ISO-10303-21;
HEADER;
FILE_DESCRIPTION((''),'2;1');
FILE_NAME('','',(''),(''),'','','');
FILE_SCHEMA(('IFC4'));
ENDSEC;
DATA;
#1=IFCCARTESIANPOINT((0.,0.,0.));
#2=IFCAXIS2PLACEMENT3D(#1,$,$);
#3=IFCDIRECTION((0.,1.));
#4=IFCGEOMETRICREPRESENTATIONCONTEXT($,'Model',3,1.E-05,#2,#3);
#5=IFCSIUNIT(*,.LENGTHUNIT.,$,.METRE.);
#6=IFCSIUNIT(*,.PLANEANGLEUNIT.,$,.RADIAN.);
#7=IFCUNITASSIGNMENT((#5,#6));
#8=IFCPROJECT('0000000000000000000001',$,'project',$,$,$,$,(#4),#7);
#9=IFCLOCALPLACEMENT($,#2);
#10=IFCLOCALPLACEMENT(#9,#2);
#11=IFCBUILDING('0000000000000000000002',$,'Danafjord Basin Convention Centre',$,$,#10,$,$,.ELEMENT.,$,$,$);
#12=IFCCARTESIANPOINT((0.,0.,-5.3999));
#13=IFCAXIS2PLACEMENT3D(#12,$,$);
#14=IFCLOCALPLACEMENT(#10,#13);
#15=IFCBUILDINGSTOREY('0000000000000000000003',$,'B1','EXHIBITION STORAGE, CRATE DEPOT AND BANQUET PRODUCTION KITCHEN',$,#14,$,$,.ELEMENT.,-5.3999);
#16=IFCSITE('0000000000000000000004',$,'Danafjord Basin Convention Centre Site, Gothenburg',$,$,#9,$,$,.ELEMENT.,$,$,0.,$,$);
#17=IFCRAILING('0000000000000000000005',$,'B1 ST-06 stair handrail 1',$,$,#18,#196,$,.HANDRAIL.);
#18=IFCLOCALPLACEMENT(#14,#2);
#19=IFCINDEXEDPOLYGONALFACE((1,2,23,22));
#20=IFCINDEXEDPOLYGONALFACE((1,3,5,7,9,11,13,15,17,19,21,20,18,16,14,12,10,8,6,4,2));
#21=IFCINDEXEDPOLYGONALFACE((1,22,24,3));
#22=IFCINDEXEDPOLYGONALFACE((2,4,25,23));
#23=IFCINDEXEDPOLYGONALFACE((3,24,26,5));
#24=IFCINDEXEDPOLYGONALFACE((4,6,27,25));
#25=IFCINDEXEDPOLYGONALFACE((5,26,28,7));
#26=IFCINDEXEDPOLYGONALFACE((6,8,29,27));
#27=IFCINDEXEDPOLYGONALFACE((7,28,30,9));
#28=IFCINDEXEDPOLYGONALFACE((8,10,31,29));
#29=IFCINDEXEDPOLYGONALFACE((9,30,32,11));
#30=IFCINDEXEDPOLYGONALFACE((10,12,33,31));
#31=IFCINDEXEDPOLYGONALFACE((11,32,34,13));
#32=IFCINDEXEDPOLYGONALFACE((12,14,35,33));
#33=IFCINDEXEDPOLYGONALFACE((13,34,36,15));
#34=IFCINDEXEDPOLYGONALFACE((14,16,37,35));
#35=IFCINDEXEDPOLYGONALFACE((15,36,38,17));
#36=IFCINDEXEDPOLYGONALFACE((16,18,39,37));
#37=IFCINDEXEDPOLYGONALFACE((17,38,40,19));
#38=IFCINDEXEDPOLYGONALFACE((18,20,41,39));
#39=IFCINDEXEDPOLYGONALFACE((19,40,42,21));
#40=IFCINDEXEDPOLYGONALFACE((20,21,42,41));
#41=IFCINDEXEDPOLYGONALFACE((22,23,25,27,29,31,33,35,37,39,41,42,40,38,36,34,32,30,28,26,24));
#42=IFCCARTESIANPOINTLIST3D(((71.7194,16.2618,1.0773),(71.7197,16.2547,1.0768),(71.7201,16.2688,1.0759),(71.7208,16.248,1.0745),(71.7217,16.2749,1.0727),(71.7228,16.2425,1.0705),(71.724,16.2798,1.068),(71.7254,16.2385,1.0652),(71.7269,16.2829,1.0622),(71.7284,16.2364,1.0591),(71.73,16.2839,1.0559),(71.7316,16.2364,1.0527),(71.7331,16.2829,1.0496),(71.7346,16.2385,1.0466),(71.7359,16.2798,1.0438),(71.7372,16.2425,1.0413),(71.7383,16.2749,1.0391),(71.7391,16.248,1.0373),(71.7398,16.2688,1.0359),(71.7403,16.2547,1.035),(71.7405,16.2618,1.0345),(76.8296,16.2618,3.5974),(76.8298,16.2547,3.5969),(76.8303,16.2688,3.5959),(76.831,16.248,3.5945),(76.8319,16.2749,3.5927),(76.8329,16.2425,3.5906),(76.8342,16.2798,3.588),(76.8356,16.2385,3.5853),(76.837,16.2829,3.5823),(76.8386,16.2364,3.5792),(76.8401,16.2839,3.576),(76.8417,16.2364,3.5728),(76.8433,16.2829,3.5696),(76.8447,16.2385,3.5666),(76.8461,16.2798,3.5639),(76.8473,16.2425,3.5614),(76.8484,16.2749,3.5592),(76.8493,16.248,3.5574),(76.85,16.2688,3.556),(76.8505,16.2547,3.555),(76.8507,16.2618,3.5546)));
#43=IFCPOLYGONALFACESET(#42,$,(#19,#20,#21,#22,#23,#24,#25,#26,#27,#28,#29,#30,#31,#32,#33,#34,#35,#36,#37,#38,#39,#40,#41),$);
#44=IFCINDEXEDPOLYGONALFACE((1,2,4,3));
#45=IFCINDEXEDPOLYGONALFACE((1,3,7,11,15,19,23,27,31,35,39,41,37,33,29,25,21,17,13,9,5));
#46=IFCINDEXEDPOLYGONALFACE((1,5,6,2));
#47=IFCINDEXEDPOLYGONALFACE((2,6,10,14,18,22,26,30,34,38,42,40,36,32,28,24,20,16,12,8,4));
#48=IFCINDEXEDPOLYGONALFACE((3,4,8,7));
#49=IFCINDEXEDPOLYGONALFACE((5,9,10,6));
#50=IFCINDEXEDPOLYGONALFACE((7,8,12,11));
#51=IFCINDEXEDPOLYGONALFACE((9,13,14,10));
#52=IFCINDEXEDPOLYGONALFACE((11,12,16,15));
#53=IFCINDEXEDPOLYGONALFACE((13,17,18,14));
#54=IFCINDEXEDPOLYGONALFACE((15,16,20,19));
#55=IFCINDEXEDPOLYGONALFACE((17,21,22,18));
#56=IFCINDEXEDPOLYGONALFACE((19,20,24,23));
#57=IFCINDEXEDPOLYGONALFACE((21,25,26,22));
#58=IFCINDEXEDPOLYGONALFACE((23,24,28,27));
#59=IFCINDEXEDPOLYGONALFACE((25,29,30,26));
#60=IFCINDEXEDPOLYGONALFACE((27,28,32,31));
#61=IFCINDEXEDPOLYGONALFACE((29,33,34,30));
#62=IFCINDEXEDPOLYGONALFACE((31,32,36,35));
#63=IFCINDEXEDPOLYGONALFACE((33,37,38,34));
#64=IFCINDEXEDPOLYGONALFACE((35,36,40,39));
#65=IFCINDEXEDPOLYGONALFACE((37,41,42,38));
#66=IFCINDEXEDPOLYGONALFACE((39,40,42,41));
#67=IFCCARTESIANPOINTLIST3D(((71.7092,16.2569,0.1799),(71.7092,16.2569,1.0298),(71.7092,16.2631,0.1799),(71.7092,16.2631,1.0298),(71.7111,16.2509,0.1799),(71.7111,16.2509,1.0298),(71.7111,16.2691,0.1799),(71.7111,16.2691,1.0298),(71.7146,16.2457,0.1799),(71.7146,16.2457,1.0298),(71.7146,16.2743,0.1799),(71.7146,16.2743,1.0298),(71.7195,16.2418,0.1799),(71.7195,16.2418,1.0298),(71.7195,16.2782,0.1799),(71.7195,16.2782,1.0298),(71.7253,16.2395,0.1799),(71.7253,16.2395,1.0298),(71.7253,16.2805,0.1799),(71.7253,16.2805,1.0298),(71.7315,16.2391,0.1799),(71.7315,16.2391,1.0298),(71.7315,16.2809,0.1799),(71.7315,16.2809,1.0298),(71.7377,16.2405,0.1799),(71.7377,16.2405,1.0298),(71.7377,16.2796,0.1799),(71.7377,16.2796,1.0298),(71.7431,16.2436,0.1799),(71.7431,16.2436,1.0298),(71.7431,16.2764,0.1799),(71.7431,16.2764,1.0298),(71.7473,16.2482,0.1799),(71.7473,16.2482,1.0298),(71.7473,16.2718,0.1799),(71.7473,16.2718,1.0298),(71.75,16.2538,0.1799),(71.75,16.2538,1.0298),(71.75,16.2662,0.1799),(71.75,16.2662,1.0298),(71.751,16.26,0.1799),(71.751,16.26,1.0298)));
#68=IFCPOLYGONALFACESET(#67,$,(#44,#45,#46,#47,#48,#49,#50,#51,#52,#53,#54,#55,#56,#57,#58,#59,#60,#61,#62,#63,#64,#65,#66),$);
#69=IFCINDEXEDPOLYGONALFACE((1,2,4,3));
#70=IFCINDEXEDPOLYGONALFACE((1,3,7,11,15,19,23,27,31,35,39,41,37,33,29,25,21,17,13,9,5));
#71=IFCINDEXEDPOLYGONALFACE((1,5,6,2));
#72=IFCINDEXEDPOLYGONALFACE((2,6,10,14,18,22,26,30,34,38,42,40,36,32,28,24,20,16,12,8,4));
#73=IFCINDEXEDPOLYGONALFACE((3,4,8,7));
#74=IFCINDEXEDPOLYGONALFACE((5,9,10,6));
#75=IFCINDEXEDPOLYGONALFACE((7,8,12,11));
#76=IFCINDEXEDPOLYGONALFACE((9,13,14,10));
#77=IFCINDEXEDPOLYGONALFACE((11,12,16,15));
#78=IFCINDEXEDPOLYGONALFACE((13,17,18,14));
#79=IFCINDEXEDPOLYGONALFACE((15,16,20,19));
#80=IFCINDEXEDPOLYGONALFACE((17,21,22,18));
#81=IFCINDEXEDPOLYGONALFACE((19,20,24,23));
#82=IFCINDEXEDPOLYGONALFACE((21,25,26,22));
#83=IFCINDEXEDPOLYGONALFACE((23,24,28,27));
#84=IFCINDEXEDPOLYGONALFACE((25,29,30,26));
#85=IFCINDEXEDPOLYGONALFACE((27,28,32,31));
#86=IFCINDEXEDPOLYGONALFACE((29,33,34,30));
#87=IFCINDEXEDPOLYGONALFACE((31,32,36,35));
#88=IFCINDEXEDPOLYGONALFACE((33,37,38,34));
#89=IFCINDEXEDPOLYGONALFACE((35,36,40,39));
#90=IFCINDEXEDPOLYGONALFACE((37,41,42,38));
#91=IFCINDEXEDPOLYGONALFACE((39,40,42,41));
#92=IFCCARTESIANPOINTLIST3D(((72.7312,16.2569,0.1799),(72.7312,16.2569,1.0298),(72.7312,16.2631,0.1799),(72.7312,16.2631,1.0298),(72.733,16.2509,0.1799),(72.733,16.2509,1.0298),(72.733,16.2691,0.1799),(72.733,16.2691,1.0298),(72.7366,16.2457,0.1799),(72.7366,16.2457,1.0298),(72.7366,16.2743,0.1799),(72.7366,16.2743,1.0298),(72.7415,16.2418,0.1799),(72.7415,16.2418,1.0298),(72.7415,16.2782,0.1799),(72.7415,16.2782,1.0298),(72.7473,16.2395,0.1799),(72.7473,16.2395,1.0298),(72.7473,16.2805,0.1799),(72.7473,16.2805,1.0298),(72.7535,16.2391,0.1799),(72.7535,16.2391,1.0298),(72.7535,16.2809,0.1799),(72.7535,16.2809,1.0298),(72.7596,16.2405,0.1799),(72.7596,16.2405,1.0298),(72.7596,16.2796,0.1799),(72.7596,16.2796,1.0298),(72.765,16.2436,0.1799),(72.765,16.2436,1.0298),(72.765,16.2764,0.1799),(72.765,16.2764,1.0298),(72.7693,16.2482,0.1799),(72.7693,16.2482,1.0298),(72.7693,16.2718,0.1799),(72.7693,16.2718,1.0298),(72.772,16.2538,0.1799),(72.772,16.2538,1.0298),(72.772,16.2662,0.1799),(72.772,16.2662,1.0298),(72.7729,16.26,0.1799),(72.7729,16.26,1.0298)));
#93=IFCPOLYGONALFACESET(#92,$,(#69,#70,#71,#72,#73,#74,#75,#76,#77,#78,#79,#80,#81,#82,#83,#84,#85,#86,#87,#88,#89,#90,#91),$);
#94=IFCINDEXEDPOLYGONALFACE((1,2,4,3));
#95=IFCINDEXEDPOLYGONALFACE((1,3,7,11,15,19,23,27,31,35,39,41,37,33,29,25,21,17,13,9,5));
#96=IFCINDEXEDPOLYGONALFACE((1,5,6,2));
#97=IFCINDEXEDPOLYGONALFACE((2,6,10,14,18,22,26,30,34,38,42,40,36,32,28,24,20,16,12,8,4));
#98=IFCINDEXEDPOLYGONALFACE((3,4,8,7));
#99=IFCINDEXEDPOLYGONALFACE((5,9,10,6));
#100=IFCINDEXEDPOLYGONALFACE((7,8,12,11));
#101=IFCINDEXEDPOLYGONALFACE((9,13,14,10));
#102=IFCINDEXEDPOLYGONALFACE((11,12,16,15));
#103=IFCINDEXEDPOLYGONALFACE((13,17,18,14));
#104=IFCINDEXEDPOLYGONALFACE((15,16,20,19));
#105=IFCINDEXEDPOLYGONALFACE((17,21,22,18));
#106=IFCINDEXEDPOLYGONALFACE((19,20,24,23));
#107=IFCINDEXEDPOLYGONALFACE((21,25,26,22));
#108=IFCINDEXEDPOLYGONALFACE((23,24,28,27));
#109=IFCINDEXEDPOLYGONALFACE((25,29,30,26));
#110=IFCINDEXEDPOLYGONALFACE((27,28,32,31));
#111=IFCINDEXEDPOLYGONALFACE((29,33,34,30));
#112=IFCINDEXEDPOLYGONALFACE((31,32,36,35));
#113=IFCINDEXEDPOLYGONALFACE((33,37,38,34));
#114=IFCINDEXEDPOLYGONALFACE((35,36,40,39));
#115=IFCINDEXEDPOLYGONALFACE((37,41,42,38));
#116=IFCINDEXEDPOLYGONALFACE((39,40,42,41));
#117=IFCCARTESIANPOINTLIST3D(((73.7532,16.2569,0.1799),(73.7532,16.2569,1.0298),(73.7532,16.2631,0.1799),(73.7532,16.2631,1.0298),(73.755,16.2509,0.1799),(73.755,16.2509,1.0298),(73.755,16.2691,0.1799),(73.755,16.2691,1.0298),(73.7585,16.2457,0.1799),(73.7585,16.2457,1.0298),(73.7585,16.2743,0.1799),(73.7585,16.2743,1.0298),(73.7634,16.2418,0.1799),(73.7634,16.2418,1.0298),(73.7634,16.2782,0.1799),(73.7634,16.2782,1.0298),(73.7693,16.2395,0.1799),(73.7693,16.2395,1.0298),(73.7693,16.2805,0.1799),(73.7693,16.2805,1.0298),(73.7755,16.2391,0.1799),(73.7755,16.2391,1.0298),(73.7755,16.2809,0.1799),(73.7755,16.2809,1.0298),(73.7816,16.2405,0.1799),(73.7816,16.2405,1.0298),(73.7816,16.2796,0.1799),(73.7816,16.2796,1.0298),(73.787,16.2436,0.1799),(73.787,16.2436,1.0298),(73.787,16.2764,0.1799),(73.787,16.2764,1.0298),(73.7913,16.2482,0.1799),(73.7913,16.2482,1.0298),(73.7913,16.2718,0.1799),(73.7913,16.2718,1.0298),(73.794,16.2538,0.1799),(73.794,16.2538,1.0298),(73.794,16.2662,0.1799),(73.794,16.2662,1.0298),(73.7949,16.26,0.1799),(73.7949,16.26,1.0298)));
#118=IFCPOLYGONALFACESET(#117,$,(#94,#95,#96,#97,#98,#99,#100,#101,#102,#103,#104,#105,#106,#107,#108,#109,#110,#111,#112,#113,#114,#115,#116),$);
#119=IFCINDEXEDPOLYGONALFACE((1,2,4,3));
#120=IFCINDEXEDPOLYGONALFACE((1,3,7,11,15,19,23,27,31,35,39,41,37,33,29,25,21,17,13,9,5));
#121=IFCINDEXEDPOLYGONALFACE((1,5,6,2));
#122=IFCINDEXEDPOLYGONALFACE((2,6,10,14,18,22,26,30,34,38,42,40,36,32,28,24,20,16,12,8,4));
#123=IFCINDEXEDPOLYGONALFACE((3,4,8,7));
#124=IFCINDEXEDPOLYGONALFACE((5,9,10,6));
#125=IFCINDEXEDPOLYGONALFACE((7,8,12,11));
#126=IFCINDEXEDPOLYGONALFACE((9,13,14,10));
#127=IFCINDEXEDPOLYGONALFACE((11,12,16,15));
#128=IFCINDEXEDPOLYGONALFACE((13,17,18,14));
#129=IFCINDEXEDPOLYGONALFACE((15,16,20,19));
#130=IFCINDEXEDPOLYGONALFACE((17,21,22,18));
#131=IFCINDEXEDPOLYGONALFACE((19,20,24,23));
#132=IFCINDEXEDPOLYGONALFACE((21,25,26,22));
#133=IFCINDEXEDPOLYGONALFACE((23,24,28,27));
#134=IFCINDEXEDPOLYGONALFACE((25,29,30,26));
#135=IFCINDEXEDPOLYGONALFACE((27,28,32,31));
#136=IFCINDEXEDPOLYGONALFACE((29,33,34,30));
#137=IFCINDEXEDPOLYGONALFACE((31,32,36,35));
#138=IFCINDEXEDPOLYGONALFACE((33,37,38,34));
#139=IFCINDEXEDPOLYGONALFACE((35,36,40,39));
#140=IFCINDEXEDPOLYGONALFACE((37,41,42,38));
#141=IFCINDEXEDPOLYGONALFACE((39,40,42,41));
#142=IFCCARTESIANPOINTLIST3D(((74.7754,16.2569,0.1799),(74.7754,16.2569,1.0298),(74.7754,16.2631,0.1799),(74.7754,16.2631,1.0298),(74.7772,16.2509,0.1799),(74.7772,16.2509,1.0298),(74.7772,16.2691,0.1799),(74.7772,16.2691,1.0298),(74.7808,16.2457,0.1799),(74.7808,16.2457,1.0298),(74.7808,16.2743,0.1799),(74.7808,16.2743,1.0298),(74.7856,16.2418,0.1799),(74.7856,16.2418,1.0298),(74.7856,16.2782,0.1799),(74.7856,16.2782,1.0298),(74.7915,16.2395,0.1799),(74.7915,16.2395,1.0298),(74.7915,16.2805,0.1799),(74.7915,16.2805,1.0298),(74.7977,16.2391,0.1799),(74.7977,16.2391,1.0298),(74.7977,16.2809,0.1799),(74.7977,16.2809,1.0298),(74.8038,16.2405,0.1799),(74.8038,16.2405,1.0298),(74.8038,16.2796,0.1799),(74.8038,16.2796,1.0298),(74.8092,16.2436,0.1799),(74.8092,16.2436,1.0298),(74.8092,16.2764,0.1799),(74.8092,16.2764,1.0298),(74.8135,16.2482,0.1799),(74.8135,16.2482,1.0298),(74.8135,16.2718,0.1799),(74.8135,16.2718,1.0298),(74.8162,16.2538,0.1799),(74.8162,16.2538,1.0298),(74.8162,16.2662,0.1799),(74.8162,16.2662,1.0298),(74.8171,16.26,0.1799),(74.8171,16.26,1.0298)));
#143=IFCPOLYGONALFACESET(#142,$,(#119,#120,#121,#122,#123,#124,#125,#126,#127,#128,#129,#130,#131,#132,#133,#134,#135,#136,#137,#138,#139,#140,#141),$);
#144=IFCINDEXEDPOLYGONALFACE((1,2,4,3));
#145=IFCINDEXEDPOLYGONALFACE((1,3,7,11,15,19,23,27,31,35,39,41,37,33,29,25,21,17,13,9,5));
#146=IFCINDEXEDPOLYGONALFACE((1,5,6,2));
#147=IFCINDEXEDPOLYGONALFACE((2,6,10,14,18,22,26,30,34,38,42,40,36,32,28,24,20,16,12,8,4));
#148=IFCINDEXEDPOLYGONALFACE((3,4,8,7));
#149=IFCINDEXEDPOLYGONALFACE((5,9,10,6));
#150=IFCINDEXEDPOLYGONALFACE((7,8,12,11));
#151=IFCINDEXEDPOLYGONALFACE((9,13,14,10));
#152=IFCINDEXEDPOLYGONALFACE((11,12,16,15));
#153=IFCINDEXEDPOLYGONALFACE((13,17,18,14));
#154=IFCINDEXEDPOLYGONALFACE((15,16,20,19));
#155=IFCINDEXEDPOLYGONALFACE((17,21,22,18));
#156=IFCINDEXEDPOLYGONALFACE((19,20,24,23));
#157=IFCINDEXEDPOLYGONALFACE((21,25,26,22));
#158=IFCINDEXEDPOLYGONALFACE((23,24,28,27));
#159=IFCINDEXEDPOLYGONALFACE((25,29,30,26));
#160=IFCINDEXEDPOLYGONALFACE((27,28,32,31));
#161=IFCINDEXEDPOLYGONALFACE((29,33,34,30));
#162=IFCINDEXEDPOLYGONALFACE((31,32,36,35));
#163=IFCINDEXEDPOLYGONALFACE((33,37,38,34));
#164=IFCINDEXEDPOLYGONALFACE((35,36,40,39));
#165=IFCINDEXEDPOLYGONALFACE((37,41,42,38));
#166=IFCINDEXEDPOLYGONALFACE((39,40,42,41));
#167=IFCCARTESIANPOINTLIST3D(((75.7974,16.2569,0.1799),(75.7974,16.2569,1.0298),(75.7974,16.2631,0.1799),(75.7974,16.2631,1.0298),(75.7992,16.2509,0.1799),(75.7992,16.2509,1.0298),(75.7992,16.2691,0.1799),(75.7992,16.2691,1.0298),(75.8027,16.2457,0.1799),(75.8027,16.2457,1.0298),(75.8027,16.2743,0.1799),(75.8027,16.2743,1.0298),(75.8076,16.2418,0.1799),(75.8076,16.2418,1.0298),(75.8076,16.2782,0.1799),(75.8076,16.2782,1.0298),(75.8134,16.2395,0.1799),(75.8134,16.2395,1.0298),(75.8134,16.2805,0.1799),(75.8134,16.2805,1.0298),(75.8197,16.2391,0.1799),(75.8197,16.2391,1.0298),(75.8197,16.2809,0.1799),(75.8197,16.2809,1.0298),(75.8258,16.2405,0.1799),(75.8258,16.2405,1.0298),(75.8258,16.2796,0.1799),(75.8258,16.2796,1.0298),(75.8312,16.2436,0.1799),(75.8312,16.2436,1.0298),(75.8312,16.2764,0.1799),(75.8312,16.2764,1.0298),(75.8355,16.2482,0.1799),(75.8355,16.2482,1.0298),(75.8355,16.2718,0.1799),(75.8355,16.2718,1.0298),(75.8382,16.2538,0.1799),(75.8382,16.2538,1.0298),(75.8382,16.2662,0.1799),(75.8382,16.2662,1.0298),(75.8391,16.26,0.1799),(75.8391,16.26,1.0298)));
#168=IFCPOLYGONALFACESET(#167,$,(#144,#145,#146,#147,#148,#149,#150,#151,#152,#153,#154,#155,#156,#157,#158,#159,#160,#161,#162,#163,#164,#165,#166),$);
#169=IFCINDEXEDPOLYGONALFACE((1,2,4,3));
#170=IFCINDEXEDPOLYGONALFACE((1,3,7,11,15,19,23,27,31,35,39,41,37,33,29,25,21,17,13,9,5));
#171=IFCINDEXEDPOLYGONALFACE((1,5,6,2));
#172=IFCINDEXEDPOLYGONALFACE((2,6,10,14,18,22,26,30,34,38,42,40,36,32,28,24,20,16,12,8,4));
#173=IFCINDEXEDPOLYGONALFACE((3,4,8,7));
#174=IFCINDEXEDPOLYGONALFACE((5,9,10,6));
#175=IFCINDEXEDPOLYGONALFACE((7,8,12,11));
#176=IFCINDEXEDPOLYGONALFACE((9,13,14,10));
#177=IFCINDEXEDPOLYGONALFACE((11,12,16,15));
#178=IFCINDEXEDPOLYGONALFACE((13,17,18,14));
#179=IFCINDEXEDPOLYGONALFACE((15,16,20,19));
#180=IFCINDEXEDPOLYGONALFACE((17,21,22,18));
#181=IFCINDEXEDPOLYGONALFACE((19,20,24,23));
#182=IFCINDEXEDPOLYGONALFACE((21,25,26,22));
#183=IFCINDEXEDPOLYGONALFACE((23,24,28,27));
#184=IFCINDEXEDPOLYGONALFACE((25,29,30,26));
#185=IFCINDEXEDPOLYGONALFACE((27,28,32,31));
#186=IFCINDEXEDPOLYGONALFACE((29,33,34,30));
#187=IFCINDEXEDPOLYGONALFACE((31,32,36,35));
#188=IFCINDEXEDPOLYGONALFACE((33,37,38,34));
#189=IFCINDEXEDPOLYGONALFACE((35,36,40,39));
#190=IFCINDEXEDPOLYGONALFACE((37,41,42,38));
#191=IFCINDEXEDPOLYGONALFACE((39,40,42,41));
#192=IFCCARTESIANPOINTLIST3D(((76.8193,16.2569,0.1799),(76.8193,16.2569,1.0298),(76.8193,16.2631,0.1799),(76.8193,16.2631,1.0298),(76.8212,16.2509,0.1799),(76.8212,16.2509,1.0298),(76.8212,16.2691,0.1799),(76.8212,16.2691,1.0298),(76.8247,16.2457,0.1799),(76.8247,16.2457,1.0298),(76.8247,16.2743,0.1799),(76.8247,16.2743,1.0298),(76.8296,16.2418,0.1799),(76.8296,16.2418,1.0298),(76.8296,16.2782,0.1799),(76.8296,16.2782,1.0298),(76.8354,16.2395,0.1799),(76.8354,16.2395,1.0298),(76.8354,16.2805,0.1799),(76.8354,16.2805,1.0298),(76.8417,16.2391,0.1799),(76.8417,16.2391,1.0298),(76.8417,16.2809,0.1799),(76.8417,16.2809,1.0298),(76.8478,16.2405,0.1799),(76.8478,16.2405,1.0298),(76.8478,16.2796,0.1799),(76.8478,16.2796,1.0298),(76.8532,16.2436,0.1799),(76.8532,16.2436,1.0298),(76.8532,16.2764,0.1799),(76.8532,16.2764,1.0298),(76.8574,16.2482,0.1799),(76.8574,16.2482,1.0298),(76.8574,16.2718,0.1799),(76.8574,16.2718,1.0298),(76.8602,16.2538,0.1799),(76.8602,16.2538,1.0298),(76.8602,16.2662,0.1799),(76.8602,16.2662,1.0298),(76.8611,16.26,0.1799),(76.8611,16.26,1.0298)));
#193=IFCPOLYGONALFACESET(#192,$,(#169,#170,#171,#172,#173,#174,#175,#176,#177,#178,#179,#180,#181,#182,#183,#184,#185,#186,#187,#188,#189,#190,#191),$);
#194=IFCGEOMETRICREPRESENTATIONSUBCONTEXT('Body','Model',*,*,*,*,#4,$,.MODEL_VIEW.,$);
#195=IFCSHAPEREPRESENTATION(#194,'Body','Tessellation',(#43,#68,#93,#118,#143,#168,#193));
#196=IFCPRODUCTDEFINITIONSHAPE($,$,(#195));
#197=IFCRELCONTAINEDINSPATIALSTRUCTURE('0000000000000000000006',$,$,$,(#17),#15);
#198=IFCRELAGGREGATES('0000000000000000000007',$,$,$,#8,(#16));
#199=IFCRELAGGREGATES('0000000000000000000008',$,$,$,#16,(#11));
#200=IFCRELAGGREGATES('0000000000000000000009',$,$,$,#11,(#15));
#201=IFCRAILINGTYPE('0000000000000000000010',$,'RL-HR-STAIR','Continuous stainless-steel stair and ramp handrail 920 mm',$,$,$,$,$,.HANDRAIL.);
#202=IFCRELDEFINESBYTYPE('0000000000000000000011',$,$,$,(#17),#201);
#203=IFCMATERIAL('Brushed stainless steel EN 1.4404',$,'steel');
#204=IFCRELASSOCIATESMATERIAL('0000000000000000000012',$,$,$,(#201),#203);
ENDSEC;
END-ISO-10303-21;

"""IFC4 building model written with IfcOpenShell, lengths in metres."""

from ifc_helpers import new_model, si_unit, direction, frame, origin, origin_2d, place, context, subcontext, project, spatial, circle, extrude, material, type_object, element, save


model = new_model("IFC4")

# Units and contexts
model_context = context("Model", 3, precision=1e-05, world=origin(), true_north=direction((0.0, 1.0)))
body_context = subcontext(model_context, "Body", "Model", "MODEL_VIEW")
ifc_project = project(units=[si_unit("LENGTHUNIT", "METRE"), si_unit("PLANEANGLEUNIT", "RADIAN")], contexts=[model_context])

# Site, building, storey
site_placement = place(None, origin())
site = spatial("IfcSite", under=ifc_project, at=site_placement, Name="Danafjord Basin Convention Centre Site, Gothenburg", CompositionType="ELEMENT", RefElevation=0.0)
building_placement = place(site_placement, origin())
building = spatial("IfcBuilding", under=site, at=building_placement, Name="Danafjord Basin Convention Centre", CompositionType="ELEMENT")
storey_placement = place(building_placement, frame((0.0, 0.0, -5.3999)))
storey = spatial("IfcBuildingStorey", under=building, at=storey_placement, Name="B1", Description="EXHIBITION STORAGE, CRATE DEPOT AND BANQUET PRODUCTION KITCHEN", CompositionType="ELEMENT", Elevation=-5.3999)

# Railing
ifc_material_1 = material(Name="Brushed stainless steel EN 1.4404", Category="steel")
railing_type_1 = type_object("IfcRailingType", Name="RL-HR-STAIR", Description="Continuous stainless-steel stair and ramp handrail 920 mm", PredefinedType="HANDRAIL", material=ifc_material_1)
railing_1_placement = place(storey_placement, frame((71.73, 16.26, 0.1799)))
element("IfcRailing", 1, at=railing_1_placement, inside=storey, type_object=railing_type_1, Name="B1 ST-06 stair handrail 1", PredefinedType="HANDRAIL", context=body_context, shape_type="SweptSolid", body=[
    extrude(circle(Radius=0.0239, at=origin_2d()), frame((0.0, 0.0, 0.876), z_axis=(0.896873, 0.0, 0.442288), x_axis=(0.0, 1.0, 0.0)), (0.0, 0.0, 1.0), 5.6978),
    extrude(circle(Radius=0.021, at=origin_2d()), origin(), (0.0, 0.0, 1.0), 0.8499),
    extrude(circle(Radius=0.021, at=origin_2d()), frame((1.022, 0.0, 0.0)), (0.0, 0.0, 1.0), 0.8499),
    extrude(circle(Radius=0.021, at=origin_2d()), frame((2.0439, 0.0, 0.0)), (0.0, 0.0, 1.0), 0.8499),
    extrude(circle(Radius=0.021, at=origin_2d()), frame((3.0662, 0.0, 0.0)), (0.0, 0.0, 1.0), 0.8499),
    extrude(circle(Radius=0.021, at=origin_2d()), frame((4.0881, 0.0, 0.0)), (0.0, 0.0, 1.0), 0.8499),
    extrude(circle(Radius=0.021, at=origin_2d()), frame((5.1101, 0.0, 0.0)), (0.0, 0.0, 1.0), 0.8499),
])

save(model, "model.ifc")
